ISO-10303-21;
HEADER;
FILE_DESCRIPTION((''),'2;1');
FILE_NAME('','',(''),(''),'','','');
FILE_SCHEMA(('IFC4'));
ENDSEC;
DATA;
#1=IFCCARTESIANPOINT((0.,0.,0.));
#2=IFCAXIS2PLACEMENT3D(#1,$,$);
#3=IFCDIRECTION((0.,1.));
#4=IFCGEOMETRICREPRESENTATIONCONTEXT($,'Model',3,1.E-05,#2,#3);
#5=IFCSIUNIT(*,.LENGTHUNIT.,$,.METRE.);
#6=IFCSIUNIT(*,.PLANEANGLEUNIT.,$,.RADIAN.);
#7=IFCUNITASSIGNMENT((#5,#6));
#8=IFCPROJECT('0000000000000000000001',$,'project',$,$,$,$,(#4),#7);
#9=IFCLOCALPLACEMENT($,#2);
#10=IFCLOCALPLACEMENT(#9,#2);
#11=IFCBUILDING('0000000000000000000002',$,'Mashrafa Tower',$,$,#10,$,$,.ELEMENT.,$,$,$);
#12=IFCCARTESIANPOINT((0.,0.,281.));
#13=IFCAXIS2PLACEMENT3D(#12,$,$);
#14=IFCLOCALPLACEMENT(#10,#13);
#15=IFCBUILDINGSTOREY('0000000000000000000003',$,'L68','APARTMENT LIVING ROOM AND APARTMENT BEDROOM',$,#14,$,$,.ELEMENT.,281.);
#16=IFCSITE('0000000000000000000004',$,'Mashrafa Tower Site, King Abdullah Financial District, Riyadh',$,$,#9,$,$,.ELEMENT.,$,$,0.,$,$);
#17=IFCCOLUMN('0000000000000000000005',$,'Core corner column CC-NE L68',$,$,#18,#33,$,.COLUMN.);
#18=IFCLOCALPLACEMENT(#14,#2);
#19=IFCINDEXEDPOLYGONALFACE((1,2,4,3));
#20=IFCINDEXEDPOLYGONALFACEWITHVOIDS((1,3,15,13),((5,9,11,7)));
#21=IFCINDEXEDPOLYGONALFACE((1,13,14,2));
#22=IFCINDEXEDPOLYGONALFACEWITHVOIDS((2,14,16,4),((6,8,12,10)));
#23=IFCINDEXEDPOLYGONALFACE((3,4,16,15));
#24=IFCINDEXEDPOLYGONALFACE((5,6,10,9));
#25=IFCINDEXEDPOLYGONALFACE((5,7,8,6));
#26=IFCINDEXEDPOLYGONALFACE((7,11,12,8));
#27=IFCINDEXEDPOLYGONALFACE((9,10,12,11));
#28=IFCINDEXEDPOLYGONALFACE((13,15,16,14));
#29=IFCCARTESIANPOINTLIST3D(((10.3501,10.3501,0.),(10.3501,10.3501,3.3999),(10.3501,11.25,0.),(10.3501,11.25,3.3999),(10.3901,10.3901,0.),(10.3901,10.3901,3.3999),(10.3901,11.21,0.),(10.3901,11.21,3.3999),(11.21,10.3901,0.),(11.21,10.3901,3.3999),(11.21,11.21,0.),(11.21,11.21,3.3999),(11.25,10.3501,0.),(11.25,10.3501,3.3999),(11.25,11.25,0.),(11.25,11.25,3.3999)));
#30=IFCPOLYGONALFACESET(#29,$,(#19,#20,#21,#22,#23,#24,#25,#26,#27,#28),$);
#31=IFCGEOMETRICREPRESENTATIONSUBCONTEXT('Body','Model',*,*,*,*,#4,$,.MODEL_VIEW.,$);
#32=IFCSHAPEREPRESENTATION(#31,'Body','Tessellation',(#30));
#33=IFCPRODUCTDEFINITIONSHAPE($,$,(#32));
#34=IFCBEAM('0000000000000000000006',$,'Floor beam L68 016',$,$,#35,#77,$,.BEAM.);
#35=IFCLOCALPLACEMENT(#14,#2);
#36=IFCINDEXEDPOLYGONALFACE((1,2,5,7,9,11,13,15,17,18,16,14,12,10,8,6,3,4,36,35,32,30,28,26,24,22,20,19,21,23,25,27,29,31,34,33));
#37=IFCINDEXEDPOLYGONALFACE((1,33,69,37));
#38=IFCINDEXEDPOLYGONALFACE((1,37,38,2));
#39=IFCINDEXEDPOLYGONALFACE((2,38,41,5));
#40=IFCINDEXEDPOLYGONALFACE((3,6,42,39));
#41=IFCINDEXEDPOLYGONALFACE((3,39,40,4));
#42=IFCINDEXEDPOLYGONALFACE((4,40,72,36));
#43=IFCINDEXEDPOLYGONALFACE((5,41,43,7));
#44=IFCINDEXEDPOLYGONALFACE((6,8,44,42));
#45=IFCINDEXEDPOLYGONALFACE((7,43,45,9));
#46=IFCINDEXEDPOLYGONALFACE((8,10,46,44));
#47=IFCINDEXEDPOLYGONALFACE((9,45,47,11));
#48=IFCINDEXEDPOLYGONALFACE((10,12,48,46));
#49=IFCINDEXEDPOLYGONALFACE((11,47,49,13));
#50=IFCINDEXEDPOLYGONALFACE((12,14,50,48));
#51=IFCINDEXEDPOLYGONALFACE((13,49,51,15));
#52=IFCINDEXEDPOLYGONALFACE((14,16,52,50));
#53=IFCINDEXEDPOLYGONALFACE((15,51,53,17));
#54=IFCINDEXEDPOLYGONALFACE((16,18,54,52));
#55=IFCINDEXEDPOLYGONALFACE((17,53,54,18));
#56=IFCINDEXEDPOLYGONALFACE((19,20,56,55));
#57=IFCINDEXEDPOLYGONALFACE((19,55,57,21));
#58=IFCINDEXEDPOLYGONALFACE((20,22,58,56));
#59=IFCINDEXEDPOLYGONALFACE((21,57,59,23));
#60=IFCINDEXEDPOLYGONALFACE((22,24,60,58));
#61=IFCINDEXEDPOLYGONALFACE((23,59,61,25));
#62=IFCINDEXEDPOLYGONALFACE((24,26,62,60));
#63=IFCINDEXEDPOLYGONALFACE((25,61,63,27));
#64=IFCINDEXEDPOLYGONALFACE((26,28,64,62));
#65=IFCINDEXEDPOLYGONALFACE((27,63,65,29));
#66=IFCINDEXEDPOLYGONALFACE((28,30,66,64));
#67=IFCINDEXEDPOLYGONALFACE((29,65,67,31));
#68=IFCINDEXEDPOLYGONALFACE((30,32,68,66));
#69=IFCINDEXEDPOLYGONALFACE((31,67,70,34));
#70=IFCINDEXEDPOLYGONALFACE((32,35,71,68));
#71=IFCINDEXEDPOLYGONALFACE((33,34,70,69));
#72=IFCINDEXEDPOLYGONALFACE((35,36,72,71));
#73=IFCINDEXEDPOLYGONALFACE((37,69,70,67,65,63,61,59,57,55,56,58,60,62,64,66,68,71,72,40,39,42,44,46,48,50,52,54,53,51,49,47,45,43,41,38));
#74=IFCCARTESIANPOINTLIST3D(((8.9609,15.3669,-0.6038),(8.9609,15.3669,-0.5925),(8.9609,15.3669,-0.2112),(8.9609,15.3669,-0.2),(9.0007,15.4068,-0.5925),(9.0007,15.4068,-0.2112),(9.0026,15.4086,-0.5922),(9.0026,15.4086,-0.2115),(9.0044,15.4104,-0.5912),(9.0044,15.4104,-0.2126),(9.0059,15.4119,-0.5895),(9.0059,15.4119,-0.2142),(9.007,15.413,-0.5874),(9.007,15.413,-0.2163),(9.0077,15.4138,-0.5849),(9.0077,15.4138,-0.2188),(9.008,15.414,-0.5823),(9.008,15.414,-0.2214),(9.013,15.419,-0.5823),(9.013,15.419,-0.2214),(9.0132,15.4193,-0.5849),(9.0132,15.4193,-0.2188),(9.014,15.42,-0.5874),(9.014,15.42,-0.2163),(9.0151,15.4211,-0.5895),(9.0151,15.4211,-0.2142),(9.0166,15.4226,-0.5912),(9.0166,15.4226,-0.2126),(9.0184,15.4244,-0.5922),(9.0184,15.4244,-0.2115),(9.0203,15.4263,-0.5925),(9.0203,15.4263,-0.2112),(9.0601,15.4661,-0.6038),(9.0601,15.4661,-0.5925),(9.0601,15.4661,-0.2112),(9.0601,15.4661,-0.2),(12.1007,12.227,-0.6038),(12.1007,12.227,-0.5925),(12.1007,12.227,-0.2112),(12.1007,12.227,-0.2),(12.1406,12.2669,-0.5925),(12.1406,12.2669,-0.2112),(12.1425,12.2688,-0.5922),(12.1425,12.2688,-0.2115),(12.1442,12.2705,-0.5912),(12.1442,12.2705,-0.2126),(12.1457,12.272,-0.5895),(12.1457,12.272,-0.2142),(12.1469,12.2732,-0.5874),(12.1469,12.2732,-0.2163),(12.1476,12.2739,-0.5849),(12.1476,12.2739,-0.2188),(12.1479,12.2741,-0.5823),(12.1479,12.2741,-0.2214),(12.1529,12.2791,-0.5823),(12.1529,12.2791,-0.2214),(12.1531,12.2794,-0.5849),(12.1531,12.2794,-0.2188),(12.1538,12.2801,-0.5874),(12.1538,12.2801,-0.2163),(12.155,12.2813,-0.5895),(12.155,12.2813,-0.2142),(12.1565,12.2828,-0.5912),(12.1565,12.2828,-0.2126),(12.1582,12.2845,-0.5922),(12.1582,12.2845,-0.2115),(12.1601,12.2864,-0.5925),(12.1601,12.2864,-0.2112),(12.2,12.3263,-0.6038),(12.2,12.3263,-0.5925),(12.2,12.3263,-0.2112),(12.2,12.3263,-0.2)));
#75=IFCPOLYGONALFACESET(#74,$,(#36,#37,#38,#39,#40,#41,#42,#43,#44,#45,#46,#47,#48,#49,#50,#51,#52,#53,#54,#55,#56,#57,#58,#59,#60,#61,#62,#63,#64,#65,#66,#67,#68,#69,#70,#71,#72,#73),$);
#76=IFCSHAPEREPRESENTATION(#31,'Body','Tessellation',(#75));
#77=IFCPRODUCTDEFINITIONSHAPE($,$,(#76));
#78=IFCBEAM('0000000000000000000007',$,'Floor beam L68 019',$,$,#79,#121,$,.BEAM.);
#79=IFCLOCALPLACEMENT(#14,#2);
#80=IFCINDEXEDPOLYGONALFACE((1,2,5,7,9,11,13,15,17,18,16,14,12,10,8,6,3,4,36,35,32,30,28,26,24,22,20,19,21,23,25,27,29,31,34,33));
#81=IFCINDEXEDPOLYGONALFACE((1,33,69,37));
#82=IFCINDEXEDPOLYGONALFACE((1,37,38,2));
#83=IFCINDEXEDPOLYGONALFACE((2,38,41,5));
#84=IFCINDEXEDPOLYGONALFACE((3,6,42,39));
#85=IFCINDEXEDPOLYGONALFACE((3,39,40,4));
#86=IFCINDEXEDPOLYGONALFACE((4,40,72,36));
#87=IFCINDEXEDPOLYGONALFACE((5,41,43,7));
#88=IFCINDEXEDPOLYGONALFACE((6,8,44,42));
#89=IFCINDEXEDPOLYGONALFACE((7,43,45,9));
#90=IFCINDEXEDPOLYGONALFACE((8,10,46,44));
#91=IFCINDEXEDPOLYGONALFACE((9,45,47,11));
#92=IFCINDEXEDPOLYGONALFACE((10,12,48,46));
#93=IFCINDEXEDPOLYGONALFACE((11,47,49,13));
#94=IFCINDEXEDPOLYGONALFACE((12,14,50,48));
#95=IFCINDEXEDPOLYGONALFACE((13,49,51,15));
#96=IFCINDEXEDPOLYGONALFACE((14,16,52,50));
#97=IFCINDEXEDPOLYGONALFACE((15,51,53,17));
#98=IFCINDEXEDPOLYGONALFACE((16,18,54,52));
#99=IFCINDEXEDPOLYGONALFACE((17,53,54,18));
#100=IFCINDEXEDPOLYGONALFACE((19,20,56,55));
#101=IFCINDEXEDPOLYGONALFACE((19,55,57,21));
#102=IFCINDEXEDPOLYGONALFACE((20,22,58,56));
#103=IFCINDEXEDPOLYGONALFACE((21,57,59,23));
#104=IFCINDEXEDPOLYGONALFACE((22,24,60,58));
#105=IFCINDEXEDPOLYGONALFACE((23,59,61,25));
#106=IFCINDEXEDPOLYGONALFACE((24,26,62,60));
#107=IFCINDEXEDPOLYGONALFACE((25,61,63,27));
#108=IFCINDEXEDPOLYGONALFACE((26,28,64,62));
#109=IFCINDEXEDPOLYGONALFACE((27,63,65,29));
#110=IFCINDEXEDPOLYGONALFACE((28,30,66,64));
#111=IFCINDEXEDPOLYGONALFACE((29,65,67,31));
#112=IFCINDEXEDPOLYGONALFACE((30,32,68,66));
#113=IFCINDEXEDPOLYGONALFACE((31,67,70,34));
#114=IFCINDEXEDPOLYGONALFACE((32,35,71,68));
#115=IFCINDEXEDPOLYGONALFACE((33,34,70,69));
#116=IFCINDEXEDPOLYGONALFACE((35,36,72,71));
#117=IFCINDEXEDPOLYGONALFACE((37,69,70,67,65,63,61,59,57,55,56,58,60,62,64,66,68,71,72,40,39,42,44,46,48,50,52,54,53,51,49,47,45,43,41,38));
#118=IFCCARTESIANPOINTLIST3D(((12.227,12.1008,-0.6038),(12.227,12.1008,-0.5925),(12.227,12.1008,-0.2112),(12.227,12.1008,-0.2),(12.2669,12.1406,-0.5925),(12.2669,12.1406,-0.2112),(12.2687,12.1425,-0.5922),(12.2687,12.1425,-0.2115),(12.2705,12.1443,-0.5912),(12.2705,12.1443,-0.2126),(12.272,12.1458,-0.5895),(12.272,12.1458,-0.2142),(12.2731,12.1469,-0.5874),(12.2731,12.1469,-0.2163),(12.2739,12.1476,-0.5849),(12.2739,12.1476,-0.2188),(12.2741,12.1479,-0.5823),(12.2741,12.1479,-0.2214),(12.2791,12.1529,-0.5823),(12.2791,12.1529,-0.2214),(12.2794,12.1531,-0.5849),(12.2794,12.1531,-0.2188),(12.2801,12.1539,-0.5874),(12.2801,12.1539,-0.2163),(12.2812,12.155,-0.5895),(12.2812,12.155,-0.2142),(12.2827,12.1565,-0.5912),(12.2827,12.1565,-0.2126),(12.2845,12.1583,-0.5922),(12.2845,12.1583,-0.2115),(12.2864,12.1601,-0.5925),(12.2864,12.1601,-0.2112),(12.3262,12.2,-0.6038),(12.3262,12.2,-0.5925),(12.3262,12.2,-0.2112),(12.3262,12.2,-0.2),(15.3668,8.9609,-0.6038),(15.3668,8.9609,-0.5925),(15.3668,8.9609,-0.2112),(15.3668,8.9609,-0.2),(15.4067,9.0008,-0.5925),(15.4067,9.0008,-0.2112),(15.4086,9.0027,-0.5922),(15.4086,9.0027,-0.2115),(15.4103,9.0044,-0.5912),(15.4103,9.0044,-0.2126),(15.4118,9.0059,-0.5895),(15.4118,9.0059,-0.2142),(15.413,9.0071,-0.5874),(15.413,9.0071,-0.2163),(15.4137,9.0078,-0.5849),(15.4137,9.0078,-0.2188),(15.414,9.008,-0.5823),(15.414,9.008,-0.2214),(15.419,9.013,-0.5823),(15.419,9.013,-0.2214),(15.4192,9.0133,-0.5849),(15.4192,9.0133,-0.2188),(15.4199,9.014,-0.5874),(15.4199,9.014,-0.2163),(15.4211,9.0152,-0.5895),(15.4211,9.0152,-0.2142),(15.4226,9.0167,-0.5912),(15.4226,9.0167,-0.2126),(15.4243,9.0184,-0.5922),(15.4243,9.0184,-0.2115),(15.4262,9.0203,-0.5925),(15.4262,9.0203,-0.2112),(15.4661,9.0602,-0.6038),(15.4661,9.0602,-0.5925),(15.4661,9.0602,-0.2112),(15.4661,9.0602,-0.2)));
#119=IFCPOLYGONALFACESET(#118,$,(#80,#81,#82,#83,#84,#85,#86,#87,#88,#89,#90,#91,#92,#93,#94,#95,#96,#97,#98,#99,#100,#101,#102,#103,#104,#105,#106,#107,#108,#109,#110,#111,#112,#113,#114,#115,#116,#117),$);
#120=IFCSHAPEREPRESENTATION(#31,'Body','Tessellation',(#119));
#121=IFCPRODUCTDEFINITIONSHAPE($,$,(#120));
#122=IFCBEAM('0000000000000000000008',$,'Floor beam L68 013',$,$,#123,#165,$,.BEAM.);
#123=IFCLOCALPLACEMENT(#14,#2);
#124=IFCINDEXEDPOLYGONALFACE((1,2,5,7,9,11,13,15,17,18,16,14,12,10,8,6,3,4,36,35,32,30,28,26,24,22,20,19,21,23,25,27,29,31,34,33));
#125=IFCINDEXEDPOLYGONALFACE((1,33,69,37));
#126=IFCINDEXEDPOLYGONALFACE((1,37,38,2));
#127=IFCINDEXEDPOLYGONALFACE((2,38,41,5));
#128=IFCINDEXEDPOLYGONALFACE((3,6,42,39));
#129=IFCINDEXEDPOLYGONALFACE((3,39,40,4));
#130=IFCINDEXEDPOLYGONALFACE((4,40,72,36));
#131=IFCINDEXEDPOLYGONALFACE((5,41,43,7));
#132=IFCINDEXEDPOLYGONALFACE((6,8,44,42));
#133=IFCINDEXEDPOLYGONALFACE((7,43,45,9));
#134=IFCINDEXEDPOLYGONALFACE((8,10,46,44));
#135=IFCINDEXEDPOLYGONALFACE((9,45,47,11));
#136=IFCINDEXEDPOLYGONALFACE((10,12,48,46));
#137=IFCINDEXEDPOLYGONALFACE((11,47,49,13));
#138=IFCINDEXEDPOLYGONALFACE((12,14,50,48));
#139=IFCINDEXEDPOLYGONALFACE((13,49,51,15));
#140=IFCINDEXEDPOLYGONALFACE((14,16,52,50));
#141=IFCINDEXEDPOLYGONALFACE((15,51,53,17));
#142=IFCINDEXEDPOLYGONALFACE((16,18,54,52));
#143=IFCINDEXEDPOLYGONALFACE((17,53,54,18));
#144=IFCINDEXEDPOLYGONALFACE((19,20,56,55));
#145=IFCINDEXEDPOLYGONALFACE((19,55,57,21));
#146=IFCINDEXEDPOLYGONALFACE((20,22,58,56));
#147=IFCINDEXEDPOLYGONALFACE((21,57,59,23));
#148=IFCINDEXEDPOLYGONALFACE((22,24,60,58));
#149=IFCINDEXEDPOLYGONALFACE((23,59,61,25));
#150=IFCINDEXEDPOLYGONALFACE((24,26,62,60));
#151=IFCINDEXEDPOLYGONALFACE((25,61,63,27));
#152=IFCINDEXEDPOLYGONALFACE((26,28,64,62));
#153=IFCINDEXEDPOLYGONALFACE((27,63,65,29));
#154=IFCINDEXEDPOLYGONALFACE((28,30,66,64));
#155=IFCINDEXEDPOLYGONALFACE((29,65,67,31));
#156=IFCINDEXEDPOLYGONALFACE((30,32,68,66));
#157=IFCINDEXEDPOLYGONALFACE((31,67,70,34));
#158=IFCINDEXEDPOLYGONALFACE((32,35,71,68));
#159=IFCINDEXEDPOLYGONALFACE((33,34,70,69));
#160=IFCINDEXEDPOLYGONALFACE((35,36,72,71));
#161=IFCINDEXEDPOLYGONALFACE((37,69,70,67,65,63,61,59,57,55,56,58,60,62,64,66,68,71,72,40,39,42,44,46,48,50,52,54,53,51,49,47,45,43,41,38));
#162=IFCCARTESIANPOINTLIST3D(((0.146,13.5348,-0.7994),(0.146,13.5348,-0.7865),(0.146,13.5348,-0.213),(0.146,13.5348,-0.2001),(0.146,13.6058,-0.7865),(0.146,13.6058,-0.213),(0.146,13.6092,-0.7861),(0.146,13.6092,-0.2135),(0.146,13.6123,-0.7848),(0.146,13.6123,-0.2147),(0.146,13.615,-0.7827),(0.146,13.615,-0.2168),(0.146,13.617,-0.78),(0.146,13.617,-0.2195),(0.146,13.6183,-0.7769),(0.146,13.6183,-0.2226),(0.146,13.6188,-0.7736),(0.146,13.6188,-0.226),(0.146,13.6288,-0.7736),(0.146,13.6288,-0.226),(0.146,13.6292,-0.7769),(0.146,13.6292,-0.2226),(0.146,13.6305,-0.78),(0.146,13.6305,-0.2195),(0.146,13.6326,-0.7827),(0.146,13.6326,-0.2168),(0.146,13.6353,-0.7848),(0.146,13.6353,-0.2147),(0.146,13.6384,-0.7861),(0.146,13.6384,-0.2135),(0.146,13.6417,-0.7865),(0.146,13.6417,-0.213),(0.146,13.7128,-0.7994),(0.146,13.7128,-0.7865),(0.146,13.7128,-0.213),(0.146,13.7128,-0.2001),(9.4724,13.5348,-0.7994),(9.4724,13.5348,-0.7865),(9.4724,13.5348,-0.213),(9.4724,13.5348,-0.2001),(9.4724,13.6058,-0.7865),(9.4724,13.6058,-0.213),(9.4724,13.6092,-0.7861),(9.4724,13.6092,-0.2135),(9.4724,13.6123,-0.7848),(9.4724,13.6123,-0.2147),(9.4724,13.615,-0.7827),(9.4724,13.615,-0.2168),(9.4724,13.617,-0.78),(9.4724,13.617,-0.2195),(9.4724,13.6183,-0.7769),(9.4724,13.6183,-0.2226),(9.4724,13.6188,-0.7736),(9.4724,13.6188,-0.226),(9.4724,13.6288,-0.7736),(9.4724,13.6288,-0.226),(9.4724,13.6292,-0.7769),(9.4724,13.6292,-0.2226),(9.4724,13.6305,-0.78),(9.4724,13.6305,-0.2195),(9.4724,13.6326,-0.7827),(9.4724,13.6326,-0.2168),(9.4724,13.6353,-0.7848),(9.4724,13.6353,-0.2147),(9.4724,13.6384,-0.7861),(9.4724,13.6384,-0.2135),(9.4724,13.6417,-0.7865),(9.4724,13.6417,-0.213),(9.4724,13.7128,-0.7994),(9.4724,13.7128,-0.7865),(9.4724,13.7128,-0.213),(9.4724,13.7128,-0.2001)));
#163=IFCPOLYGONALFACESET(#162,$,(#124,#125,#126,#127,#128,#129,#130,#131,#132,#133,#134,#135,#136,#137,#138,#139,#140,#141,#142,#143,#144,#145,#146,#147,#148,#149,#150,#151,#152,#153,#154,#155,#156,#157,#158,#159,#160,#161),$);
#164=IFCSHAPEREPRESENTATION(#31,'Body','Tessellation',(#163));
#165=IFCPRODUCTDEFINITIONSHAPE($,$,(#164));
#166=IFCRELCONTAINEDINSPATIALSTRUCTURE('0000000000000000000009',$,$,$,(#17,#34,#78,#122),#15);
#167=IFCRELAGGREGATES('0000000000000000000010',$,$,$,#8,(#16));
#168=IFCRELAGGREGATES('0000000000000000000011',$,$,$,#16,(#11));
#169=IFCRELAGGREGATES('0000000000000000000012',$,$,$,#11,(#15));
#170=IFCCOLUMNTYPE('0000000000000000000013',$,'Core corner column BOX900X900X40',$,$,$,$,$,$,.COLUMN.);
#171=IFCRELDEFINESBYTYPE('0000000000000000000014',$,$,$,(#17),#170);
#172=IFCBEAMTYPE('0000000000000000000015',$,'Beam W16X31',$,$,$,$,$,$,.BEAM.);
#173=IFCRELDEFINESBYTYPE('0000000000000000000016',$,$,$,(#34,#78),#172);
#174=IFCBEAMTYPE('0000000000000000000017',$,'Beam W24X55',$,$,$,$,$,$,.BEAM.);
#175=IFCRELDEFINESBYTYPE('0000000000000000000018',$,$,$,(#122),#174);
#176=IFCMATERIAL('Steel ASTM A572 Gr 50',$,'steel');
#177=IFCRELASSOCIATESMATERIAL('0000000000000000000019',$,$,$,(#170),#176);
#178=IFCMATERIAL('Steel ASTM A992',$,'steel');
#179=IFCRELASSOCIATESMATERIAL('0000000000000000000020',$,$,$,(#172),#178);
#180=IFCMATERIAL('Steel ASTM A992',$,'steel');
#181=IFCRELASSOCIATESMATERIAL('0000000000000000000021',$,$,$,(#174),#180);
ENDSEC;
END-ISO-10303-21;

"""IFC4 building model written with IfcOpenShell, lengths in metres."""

from ifc_helpers import new_model, si_unit, direction, frame, origin, origin_2d, place, context, subcontext, project, spatial, hollow_rectangle, i_section, extrude, material, material_profile, profile_set, type_object, element, save


model = new_model("IFC4")

# Units and contexts
model_context = context("Model", 3, precision=1e-05, world=origin(), true_north=direction((0.0, 1.0)))
body_context = subcontext(model_context, "Body", "Model", "MODEL_VIEW")
ifc_project = project(units=[si_unit("LENGTHUNIT", "METRE"), si_unit("PLANEANGLEUNIT", "RADIAN")], contexts=[model_context])

# Site, building, storey
site_placement = place(None, origin())
site = spatial("IfcSite", under=ifc_project, at=site_placement, Name="Mashrafa Tower Site, King Abdullah Financial District, Riyadh", CompositionType="ELEMENT", RefElevation=0.0)
building_placement = place(site_placement, origin())
building = spatial("IfcBuilding", under=site, at=building_placement, Name="Mashrafa Tower", CompositionType="ELEMENT")
storey_placement = place(building_placement, frame((0.0, 0.0, 281.0)))
storey = spatial("IfcBuildingStorey", under=building, at=storey_placement, Name="L68", Description="APARTMENT LIVING ROOM AND APARTMENT BEDROOM", CompositionType="ELEMENT", Elevation=281.0)

# Column
ifc_material_1 = material(Name="Steel ASTM A572 Gr 50", Category="steel")
ifc_material_profile_1 = material_profile(ifc_material_1, hollow_rectangle(XDim=0.8999, YDim=0.8999, WallThickness=0.04, at=origin_2d()), Name="BOX900X900X40")
ifc_profile_set_1 = profile_set([ifc_material_profile_1], Name="Steel ASTM A572 Gr 50")
column_type = type_object("IfcColumnType", Name="Core corner column BOX900X900X40", PredefinedType="COLUMN", material=ifc_profile_set_1)
column_placement = place(storey_placement, frame((10.8, 10.8, 0.0), z_axis=(0.0, 0.0, 1.0), x_axis=(1.0, 0.0, 0.0)))
element("IfcColumn", 1, at=column_placement, inside=storey, type_object=column_type, Name="Core corner column CC-NE L68", PredefinedType="COLUMN", context=body_context, shape_type="SweptSolid", body=[
    extrude(hollow_rectangle(XDim=0.8999, YDim=0.8999, WallThickness=0.04, at=origin_2d()), origin(), (0.0, 0.0, 1.0), 3.3999),
])

# Beams
ifc_material_2 = material(Name="Steel ASTM A992", Category="steel")
ifc_material_profile_2 = material_profile(ifc_material_2, i_section(OverallWidth=0.1404, OverallDepth=0.4038, WebThickness=0.0071, FlangeThickness=0.0112, FilletRadius=0.0103, at=origin_2d()), Name="W16X31")
ifc_profile_set_2 = profile_set([ifc_material_profile_2], Name="Steel ASTM A992")
beam_type_1 = type_object("IfcBeamType", Name="Beam W16X31", PredefinedType="BEAM", material=ifc_profile_set_2)
for number, where, z_axis, x_axis, name in (
    (2, (9.0105, 15.4165, -0.4019), (0.707107, -0.707107, 0.0), (0.707107, 0.707107, 0.0), "Floor beam L68 016"),
    (3, (12.2766, 12.1504, -0.4019), (0.707107, -0.707107, 0.0), (0.707107, 0.707107, 0.0), "Floor beam L68 019"),
):
    element("IfcBeam", number, at=place(storey_placement, frame(where, z_axis=z_axis, x_axis=x_axis)), inside=storey, type_object=beam_type_1, Name=name, PredefinedType="BEAM", context=body_context, shape_type="SweptSolid", body=[
        extrude(i_section(OverallWidth=0.1404, OverallDepth=0.4038, WebThickness=0.0071, FlangeThickness=0.0112, FilletRadius=0.0103, at=origin_2d()), origin(), (0.0, 0.0, 1.0), 4.4404),
    ])
ifc_material_3 = material(Name="Steel ASTM A992", Category="steel")
ifc_material_profile_3 = material_profile(ifc_material_3, i_section(OverallWidth=0.178, OverallDepth=0.5994, WebThickness=0.01, FlangeThickness=0.0129, FilletRadius=0.0129, at=origin_2d()), Name="W24X55")
ifc_profile_set_3 = profile_set([ifc_material_profile_3], Name="Steel ASTM A992")
beam_type_2 = type_object("IfcBeamType", Name="Beam W24X55", PredefinedType="BEAM", material=ifc_profile_set_3)
beam_1_placement = place(storey_placement, frame((0.146, 13.6238, -0.4998), z_axis=(1.0, 0.0, 0.0), x_axis=(0.0, 1.0, 0.0)))
element("IfcBeam", 4, at=beam_1_placement, inside=storey, type_object=beam_type_2, Name="Floor beam L68 013", PredefinedType="BEAM", context=body_context, shape_type="SweptSolid", body=[
    extrude(i_section(OverallWidth=0.178, OverallDepth=0.5994, WebThickness=0.01, FlangeThickness=0.0129, FilletRadius=0.0129, at=origin_2d()), origin(), (0.0, 0.0, 1.0), 9.3264),
])

save(model, "model.ifc")
